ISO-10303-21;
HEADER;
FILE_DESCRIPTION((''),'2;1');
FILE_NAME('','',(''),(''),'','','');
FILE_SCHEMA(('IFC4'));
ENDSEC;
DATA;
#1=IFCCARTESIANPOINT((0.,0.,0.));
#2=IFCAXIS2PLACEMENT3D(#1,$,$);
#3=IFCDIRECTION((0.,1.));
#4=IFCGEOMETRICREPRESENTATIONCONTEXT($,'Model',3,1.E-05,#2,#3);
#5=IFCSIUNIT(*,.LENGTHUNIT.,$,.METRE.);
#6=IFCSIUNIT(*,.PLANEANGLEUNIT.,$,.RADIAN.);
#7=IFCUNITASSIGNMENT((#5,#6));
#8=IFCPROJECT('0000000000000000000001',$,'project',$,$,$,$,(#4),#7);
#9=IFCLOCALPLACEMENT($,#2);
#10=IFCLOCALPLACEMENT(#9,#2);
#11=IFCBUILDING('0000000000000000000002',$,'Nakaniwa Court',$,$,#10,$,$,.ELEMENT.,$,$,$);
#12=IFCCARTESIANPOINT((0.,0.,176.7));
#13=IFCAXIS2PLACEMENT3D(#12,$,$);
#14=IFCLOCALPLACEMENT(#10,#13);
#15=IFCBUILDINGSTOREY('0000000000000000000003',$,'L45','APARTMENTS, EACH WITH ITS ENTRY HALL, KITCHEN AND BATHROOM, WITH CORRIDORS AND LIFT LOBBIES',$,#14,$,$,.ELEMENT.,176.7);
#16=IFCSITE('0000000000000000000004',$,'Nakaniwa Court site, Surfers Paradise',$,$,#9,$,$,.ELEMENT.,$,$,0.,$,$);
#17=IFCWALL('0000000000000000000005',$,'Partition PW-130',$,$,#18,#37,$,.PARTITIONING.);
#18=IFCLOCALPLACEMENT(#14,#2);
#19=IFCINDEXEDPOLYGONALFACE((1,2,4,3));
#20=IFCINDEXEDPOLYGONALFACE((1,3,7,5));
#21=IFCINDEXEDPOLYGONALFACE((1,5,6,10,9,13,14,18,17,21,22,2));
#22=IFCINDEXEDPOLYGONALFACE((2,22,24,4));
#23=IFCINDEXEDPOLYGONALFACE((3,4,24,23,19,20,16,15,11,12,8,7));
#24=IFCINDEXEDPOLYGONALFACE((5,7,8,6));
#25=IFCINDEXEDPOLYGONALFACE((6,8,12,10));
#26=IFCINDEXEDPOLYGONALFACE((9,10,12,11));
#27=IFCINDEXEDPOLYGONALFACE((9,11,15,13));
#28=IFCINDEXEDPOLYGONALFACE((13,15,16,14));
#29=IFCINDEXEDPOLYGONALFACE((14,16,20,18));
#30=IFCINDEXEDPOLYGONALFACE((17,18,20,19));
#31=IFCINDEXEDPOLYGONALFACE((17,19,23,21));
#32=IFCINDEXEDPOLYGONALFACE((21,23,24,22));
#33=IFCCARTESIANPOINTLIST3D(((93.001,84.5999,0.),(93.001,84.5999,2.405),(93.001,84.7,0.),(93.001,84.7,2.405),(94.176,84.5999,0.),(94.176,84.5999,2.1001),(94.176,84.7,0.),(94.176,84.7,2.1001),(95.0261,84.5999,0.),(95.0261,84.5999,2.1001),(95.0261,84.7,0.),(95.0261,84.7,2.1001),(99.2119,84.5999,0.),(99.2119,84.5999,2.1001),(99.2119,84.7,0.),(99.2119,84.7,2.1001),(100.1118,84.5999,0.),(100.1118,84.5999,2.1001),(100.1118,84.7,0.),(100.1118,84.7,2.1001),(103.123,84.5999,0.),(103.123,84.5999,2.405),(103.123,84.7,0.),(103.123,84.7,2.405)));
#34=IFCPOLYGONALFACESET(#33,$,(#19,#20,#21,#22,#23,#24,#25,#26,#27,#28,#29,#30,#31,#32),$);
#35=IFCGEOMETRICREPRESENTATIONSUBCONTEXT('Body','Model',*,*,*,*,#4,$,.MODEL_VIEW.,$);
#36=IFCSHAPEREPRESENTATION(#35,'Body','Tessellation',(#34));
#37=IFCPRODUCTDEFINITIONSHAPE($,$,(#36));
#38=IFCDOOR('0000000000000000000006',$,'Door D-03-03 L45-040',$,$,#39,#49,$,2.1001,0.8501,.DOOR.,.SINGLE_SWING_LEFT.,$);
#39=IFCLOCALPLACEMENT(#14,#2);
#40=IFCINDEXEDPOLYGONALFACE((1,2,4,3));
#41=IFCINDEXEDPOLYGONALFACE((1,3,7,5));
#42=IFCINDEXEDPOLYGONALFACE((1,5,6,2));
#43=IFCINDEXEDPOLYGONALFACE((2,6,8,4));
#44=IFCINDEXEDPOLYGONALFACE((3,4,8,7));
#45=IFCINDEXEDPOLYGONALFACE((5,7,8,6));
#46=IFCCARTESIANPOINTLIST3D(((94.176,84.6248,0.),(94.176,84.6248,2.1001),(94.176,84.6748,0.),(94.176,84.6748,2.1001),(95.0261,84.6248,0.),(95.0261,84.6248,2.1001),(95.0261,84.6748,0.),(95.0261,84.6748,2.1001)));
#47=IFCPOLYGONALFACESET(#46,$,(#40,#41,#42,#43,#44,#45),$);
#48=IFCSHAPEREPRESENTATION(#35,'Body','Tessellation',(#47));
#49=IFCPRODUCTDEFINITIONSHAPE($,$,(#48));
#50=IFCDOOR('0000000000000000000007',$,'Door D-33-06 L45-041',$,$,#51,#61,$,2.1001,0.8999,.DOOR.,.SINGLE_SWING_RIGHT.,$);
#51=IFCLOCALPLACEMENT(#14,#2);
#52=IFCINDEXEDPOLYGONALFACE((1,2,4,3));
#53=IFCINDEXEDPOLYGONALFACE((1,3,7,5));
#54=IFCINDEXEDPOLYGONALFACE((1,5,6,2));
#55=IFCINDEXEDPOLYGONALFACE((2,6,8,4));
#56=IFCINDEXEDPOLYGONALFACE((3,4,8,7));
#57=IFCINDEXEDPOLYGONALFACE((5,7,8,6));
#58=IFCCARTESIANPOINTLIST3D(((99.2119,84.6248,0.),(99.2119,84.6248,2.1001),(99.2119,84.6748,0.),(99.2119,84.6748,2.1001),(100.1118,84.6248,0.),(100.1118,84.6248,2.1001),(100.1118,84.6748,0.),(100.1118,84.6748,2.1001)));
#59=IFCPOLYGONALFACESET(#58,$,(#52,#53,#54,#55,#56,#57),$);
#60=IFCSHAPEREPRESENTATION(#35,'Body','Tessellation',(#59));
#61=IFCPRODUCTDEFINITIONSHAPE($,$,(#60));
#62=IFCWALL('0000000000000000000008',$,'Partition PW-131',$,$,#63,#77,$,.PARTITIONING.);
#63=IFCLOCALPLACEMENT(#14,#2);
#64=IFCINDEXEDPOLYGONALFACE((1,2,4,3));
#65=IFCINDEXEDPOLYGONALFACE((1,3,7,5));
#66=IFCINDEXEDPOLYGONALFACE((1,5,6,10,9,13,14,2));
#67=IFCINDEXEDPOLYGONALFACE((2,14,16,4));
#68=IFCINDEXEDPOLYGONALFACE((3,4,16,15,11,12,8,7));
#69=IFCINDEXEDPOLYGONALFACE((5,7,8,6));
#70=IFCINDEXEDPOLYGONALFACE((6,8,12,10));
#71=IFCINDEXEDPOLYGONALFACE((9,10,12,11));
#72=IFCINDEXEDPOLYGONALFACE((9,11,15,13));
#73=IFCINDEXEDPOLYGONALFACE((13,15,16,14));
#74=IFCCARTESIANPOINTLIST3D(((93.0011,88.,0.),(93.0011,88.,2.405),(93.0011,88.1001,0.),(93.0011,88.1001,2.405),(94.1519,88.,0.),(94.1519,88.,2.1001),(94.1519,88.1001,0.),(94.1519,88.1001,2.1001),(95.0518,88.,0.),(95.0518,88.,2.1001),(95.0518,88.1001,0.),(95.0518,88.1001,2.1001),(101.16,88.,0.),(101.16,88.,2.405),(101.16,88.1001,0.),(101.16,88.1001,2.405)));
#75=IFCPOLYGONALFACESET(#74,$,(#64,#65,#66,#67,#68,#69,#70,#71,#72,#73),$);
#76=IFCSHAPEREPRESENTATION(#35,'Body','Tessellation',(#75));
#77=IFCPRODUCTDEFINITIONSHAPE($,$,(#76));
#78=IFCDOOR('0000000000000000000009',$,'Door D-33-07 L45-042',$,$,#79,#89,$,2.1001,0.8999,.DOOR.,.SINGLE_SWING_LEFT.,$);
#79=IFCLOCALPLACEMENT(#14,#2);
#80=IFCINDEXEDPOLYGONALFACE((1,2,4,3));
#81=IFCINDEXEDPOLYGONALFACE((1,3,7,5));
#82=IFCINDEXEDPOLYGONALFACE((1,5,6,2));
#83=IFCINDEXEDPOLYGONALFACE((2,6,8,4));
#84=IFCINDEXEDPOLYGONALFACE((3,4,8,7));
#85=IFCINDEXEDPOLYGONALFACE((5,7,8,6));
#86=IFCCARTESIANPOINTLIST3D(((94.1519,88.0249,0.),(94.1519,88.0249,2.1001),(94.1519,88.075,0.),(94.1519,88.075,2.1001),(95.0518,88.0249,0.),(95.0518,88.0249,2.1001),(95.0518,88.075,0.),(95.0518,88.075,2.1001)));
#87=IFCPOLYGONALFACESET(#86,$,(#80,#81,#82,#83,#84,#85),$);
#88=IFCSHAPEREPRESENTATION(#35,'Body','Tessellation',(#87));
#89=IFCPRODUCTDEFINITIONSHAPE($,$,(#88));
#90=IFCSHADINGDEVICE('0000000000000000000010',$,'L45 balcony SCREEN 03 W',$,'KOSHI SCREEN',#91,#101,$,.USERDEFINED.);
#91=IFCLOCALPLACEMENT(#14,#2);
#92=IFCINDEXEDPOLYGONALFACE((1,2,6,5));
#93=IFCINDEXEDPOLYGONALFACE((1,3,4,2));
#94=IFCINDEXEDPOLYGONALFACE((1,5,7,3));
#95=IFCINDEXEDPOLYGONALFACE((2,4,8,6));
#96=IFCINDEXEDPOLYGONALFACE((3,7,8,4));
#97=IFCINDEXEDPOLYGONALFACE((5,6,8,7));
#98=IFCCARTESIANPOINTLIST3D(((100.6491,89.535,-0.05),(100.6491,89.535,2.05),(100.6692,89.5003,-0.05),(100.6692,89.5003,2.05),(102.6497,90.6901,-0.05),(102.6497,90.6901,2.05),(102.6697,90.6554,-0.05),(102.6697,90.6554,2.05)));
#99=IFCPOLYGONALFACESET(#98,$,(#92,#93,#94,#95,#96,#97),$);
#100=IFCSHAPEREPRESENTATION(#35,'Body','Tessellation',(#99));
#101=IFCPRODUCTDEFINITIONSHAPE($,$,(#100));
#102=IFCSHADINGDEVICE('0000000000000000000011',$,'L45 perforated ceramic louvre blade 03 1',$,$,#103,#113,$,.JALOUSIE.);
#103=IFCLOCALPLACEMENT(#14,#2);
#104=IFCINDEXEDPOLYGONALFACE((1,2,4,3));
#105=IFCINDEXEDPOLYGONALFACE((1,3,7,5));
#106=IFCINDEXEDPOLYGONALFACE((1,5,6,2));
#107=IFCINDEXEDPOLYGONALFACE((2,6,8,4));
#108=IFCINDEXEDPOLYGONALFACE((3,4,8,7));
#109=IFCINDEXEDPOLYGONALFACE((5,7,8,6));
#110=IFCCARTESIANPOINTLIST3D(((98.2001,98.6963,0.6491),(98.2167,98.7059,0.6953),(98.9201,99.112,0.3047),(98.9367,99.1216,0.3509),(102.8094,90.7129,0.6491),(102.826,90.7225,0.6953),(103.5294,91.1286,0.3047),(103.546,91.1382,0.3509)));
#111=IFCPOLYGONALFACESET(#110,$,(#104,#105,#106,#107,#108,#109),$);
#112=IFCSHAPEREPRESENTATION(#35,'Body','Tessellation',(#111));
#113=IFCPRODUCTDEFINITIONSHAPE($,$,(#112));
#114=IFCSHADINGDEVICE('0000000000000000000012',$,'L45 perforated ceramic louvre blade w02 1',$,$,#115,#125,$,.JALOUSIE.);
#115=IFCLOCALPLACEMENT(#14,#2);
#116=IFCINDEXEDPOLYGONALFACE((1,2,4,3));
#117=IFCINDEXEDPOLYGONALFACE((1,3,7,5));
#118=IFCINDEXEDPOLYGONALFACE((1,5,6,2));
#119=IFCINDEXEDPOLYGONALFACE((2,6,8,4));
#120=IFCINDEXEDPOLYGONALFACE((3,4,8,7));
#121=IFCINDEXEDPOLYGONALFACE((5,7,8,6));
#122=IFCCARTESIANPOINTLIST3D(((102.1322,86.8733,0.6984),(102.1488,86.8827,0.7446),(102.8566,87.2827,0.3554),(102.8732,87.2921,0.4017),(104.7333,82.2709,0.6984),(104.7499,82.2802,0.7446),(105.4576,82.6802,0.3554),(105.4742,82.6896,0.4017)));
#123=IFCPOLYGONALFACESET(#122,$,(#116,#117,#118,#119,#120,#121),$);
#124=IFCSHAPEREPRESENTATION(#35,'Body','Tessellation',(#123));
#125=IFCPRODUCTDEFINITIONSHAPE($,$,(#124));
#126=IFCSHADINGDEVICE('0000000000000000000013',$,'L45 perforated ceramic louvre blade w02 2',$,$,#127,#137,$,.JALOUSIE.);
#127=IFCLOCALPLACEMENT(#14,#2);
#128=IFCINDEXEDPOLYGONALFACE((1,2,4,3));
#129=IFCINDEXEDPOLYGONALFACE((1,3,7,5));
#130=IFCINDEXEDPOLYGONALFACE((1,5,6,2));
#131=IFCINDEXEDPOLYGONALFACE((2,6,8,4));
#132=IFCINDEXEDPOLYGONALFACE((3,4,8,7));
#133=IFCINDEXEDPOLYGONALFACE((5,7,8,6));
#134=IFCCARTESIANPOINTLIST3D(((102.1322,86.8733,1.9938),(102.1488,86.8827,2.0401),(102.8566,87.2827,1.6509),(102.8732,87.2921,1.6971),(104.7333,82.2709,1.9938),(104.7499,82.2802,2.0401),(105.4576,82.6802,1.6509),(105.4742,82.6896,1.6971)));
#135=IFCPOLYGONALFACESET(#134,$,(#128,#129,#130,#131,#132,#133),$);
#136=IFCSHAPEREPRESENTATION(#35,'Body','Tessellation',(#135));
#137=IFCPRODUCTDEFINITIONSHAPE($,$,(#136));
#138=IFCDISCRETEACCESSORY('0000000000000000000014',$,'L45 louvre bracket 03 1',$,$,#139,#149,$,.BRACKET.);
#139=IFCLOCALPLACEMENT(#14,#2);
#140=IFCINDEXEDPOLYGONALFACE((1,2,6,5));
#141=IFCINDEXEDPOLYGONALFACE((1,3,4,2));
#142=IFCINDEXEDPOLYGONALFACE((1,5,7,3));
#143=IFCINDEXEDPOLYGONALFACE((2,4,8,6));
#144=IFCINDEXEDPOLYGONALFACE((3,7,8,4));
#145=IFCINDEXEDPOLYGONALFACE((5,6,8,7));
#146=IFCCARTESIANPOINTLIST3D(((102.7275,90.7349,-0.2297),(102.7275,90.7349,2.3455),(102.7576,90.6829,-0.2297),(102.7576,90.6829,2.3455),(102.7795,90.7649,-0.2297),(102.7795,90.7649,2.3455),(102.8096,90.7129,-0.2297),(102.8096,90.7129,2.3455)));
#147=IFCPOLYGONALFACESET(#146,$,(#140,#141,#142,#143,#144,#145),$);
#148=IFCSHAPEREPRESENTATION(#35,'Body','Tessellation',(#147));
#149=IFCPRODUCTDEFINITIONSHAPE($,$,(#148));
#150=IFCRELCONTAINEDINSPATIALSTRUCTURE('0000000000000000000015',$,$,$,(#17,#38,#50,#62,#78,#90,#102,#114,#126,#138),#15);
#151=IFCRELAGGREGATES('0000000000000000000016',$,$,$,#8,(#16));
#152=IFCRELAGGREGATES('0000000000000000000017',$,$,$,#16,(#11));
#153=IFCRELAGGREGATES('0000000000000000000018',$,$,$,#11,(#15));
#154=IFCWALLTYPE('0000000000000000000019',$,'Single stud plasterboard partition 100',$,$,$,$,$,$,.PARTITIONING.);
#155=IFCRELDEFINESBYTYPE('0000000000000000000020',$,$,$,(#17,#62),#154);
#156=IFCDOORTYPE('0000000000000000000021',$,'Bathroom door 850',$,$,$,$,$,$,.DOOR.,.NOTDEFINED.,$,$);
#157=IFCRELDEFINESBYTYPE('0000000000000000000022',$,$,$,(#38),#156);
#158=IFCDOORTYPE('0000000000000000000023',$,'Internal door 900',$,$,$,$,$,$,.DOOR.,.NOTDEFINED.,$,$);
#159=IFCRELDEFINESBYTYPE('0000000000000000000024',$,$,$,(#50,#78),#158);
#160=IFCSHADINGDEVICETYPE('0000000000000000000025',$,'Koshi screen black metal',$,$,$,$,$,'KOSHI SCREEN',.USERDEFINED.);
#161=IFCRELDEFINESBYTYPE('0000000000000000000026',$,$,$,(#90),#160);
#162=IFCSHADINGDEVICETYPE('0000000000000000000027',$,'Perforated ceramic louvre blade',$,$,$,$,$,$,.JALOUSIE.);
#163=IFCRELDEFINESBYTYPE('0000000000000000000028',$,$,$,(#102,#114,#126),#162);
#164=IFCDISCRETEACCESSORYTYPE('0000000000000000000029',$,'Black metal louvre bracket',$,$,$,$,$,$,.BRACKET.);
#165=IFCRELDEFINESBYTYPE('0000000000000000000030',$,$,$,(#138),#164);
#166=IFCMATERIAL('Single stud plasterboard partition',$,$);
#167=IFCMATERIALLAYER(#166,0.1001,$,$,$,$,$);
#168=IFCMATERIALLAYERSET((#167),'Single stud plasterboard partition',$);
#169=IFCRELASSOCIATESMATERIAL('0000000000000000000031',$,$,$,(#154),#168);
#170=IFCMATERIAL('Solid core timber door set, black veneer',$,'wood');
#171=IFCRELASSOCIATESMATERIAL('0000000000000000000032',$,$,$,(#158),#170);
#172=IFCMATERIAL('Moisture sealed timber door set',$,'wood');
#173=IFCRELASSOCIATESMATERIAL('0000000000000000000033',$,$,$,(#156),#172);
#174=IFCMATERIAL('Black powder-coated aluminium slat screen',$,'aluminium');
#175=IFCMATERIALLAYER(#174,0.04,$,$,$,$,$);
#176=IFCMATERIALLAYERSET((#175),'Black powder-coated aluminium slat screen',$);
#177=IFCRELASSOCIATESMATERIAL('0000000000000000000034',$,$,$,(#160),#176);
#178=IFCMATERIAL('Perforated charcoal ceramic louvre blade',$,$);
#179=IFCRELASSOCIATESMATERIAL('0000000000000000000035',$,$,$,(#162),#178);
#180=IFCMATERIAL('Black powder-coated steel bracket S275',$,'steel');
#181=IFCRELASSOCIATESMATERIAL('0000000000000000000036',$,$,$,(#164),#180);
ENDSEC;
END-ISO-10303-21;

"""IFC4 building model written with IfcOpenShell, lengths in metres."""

from ifc_helpers import new_model, si_unit, direction, frame, frame_2d, origin, origin_2d, place, context, subcontext, project, spatial, rectangle, extrude, material, layer, layer_set, material_profile, profile_set, type_object, element, fill, save


model = new_model("IFC4")

# Units and contexts
model_context = context("Model", 3, precision=1e-05, world=origin(), true_north=direction((0.0, 1.0)))
body_context = subcontext(model_context, "Body", "Model", "MODEL_VIEW")
ifc_project = project(units=[si_unit("LENGTHUNIT", "METRE"), si_unit("PLANEANGLEUNIT", "RADIAN")], contexts=[model_context])

# Site, building, storey
site_placement = place(None, origin())
site = spatial("IfcSite", under=ifc_project, at=site_placement, Name="Nakaniwa Court site, Surfers Paradise", CompositionType="ELEMENT", RefElevation=0.0)
building_placement = place(site_placement, origin())
building = spatial("IfcBuilding", under=site, at=building_placement, Name="Nakaniwa Court", CompositionType="ELEMENT")
storey_placement = place(building_placement, frame((0.0, 0.0, 176.7)))
storey = spatial("IfcBuildingStorey", under=building, at=storey_placement, Name="L45", Description="APARTMENTS, EACH WITH ITS ENTRY HALL, KITCHEN AND BATHROOM, WITH CORRIDORS AND LIFT LOBBIES", CompositionType="ELEMENT", Elevation=176.7)

# Shared definitions
ifc_material_1 = material(Name="Solid core timber door set, black veneer", Category="wood")

# Shared definitions
ifc_material_2 = material(Name="Single stud plasterboard partition")
ifc_layer_1 = layer(ifc_material_2, 0.1001)
ifc_layer_set_1 = layer_set([ifc_layer_1], Name="Single stud plasterboard partition")
wall_type_1 = type_object("IfcWallType", Name="Single stud plasterboard partition 100", PredefinedType="PARTITIONING", material=ifc_layer_set_1)

# Shared definitions
door_type_1 = type_object("IfcDoorType", Name="Internal door 900", OperationType="NOTDEFINED", PredefinedType="DOOR", material=ifc_material_1)

# Wall, openings, doors
wall_1_placement = place(storey_placement, frame((93.001, 84.6499, 0.0), z_axis=(0.0, 0.0, 1.0), x_axis=(1.0, 0.0, 0.0)))
wall_1 = element("IfcWall", 1, at=wall_1_placement, inside=storey, type_object=wall_type_1, Name="Partition PW-130", PredefinedType="PARTITIONING", context=body_context, shape_type="SweptSolid", body=[
    extrude(rectangle(XDim=10.1221, YDim=0.1001, at=frame_2d((5.061, 0.0))), origin(), (0.0, 0.0, 1.0), 2.405),
])
opening_1_placement = place(wall_1_placement, frame((1.175, 0.0, 0.0)))
opening_1 = element("IfcOpeningElement", 2, at=opening_1_placement, cuts=wall_1, PredefinedType="OPENING", context=body_context, shape_type="SweptSolid", body=[
    extrude(rectangle(XDim=0.8501, YDim=2.1001, at=frame_2d((0.425, 1.05))), frame((0.0, 0.0601, 0.0), z_axis=(0.0, -1.0, 0.0), x_axis=(1.0, 0.0, 0.0)), (0.0, 0.0, 1.0), 0.1201),
])
opening_2_placement = place(wall_1_placement, frame((6.2109, 0.0, 0.0)))
opening_2 = element("IfcOpeningElement", 3, at=opening_2_placement, cuts=wall_1, PredefinedType="OPENING", context=body_context, shape_type="SweptSolid", body=[
    extrude(rectangle(XDim=0.8999, YDim=2.1001, at=frame_2d((0.45, 1.05))), frame((0.0, 0.0601, 0.0), z_axis=(0.0, -1.0, 0.0), x_axis=(1.0, 0.0, 0.0)), (0.0, 0.0, 1.0), 0.1201),
])
ifc_material_3 = material(Name="Moisture sealed timber door set", Category="wood")
door_type_2 = type_object("IfcDoorType", Name="Bathroom door 850", OperationType="NOTDEFINED", PredefinedType="DOOR", material=ifc_material_3)
door_1_placement = place(opening_1_placement, origin())
door_1 = element("IfcDoor", 4, at=door_1_placement, inside=storey, type_object=door_type_2, Name="Door D-03-03 L45-040", OperationType="SINGLE_SWING_LEFT", OverallHeight=2.1001, OverallWidth=0.8501, PredefinedType="DOOR", context=body_context, shape_type="SweptSolid", body=[
    extrude(rectangle(XDim=0.8501, YDim=2.1001, at=frame_2d((0.425, 1.05))), frame((0.0, 0.0249, 0.0), z_axis=(0.0, -1.0, 0.0), x_axis=(1.0, 0.0, 0.0)), (0.0, 0.0, 1.0), 0.05),
])
fill(opening_1, door_1)
door_2_placement = place(opening_2_placement, origin())
door_2 = element("IfcDoor", 5, at=door_2_placement, inside=storey, type_object=door_type_1, Name="Door D-33-06 L45-041", OperationType="SINGLE_SWING_RIGHT", OverallHeight=2.1001, OverallWidth=0.8999, PredefinedType="DOOR", context=body_context, shape_type="SweptSolid", body=[
    extrude(rectangle(XDim=0.8999, YDim=2.1001, at=frame_2d((0.45, 1.05))), frame((0.0, 0.0249, 0.0), z_axis=(0.0, -1.0, 0.0), x_axis=(1.0, 0.0, 0.0)), (0.0, 0.0, 1.0), 0.05),
])
fill(opening_2, door_2)

# Wall, opening, door
wall_2_placement = place(storey_placement, frame((93.001, 88.05, 0.0), z_axis=(0.0, 0.0, 1.0), x_axis=(1.0, 0.0, 0.0)))
wall_2 = element("IfcWall", 6, at=wall_2_placement, inside=storey, type_object=wall_type_1, Name="Partition PW-131", PredefinedType="PARTITIONING", context=body_context, shape_type="SweptSolid", body=[
    extrude(rectangle(XDim=8.1589, YDim=0.1001, at=frame_2d((4.0796, 0.0))), origin(), (0.0, 0.0, 1.0), 2.405),
])
opening_3_placement = place(wall_2_placement, frame((1.1509, 0.0, 0.0)))
opening_3 = element("IfcOpeningElement", 7, at=opening_3_placement, cuts=wall_2, PredefinedType="OPENING", context=body_context, shape_type="SweptSolid", body=[
    extrude(rectangle(XDim=0.8999, YDim=2.1001, at=frame_2d((0.45, 1.05))), frame((0.0, 0.0601, 0.0), z_axis=(0.0, -1.0, 0.0), x_axis=(1.0, 0.0, 0.0)), (0.0, 0.0, 1.0), 0.1201),
])
door_3_placement = place(opening_3_placement, origin())
door_3 = element("IfcDoor", 8, at=door_3_placement, inside=storey, type_object=door_type_1, Name="Door D-33-07 L45-042", OperationType="SINGLE_SWING_LEFT", OverallHeight=2.1001, OverallWidth=0.8999, PredefinedType="DOOR", context=body_context, shape_type="SweptSolid", body=[
    extrude(rectangle(XDim=0.8999, YDim=2.1001, at=frame_2d((0.45, 1.05))), frame((0.0, 0.0249, 0.0), z_axis=(0.0, -1.0, 0.0), x_axis=(1.0, 0.0, 0.0)), (0.0, 0.0, 1.0), 0.05),
])
fill(opening_3, door_3)

# Shading devices
ifc_material_4 = material(Name="Black powder-coated aluminium slat screen", Category="aluminium")
ifc_layer_2 = layer(ifc_material_4, 0.04)
ifc_layer_set_2 = layer_set([ifc_layer_2], Name="Black powder-coated aluminium slat screen")
shading_device_type_1 = type_object("IfcShadingDeviceType", Name="Koshi screen black metal", ElementType="KOSHI SCREEN", PredefinedType="USERDEFINED", material=ifc_layer_set_2)
shading_device_1_placement = place(storey_placement, frame((101.6594, 90.0952, -0.05), z_axis=(0.0, 0.0, 1.0), x_axis=(-0.500017, 0.866016, 0.0)))
element("IfcShadingDevice", 9, at=shading_device_1_placement, inside=storey, type_object=shading_device_type_1, Name="L45 balcony SCREEN 03 W", ObjectType="KOSHI SCREEN", PredefinedType="USERDEFINED", context=body_context, shape_type="SweptSolid", body=[
    extrude(rectangle(XDim=0.04, YDim=2.3101, at=origin_2d()), origin(), (0.0, 0.0, 1.0), 2.1001),
])
ifc_material_5 = material(Name="Perforated charcoal ceramic louvre blade")
ifc_material_profile_1 = material_profile(ifc_material_5, rectangle(XDim=0.8999, YDim=0.05, at=origin_2d()), Name="Perforated ceramic louvre blade")
ifc_profile_set_1 = profile_set([ifc_material_profile_1], Name="Perforated charcoal ceramic louvre blade")
shading_device_type_2 = type_object("IfcShadingDeviceType", Name="Perforated ceramic louvre blade", PredefinedType="JALOUSIE", material=ifc_profile_set_1)
shading_device_2_placement = place(storey_placement, frame((103.1777, 90.9255, 0.5), z_axis=(-0.500013, 0.866018, 0.0), x_axis=(-0.800096, -0.461952, 0.382683)))
element("IfcShadingDevice", 10, at=shading_device_2_placement, inside=storey, type_object=shading_device_type_2, Name="L45 perforated ceramic louvre blade 03 1", PredefinedType="JALOUSIE", context=body_context, shape_type="SweptSolid", body=[
    extrude(rectangle(XDim=0.8999, YDim=0.05, at=origin_2d()), origin(), (0.0, 0.0, 1.0), 9.2185),
])
for number, where, z_axis, x_axis, name in (
    (11, (105.1038, 82.4802, 0.55), (-0.492006, 0.870592, 0.0), (-0.804902, -0.454882, 0.38107), "L45 perforated ceramic louvre blade w02 1"),
    (12, (105.1038, 82.4802, 1.8455), (-0.492006, 0.870592, 0.0), (-0.804902, -0.454882, 0.38107), "L45 perforated ceramic louvre blade w02 2"),
):
    element("IfcShadingDevice", number, at=place(storey_placement, frame(where, z_axis=z_axis, x_axis=x_axis)), inside=storey, type_object=shading_device_type_2, Name=name, PredefinedType="JALOUSIE", context=body_context, shape_type="SweptSolid", body=[
        extrude(rectangle(XDim=0.8999, YDim=0.05, at=origin_2d()), origin(), (0.0, 0.0, 1.0), 5.2866),
    ])

# Discrete accessory
ifc_material_6 = material(Name="Black powder-coated steel bracket S275", Category="steel")
discrete_accessory_type = type_object("IfcDiscreteAccessoryType", Name="Black metal louvre bracket", PredefinedType="BRACKET", material=ifc_material_6)
discrete_accessory_placement = place(storey_placement, frame((102.7686, 90.7239, -0.2297), z_axis=(0.0, 0.0, 1.0), x_axis=(-0.500017, 0.866016, 0.0)))
element("IfcDiscreteAccessory", 13, at=discrete_accessory_placement, inside=storey, type_object=discrete_accessory_type, Name="L45 louvre bracket 03 1", PredefinedType="BRACKET", context=body_context, shape_type="SweptSolid", body=[
    extrude(rectangle(XDim=0.0601, YDim=0.0601, at=origin_2d()), origin(), (0.0, 0.0, 1.0), 2.5752),
])

save(model, "model.ifc")
